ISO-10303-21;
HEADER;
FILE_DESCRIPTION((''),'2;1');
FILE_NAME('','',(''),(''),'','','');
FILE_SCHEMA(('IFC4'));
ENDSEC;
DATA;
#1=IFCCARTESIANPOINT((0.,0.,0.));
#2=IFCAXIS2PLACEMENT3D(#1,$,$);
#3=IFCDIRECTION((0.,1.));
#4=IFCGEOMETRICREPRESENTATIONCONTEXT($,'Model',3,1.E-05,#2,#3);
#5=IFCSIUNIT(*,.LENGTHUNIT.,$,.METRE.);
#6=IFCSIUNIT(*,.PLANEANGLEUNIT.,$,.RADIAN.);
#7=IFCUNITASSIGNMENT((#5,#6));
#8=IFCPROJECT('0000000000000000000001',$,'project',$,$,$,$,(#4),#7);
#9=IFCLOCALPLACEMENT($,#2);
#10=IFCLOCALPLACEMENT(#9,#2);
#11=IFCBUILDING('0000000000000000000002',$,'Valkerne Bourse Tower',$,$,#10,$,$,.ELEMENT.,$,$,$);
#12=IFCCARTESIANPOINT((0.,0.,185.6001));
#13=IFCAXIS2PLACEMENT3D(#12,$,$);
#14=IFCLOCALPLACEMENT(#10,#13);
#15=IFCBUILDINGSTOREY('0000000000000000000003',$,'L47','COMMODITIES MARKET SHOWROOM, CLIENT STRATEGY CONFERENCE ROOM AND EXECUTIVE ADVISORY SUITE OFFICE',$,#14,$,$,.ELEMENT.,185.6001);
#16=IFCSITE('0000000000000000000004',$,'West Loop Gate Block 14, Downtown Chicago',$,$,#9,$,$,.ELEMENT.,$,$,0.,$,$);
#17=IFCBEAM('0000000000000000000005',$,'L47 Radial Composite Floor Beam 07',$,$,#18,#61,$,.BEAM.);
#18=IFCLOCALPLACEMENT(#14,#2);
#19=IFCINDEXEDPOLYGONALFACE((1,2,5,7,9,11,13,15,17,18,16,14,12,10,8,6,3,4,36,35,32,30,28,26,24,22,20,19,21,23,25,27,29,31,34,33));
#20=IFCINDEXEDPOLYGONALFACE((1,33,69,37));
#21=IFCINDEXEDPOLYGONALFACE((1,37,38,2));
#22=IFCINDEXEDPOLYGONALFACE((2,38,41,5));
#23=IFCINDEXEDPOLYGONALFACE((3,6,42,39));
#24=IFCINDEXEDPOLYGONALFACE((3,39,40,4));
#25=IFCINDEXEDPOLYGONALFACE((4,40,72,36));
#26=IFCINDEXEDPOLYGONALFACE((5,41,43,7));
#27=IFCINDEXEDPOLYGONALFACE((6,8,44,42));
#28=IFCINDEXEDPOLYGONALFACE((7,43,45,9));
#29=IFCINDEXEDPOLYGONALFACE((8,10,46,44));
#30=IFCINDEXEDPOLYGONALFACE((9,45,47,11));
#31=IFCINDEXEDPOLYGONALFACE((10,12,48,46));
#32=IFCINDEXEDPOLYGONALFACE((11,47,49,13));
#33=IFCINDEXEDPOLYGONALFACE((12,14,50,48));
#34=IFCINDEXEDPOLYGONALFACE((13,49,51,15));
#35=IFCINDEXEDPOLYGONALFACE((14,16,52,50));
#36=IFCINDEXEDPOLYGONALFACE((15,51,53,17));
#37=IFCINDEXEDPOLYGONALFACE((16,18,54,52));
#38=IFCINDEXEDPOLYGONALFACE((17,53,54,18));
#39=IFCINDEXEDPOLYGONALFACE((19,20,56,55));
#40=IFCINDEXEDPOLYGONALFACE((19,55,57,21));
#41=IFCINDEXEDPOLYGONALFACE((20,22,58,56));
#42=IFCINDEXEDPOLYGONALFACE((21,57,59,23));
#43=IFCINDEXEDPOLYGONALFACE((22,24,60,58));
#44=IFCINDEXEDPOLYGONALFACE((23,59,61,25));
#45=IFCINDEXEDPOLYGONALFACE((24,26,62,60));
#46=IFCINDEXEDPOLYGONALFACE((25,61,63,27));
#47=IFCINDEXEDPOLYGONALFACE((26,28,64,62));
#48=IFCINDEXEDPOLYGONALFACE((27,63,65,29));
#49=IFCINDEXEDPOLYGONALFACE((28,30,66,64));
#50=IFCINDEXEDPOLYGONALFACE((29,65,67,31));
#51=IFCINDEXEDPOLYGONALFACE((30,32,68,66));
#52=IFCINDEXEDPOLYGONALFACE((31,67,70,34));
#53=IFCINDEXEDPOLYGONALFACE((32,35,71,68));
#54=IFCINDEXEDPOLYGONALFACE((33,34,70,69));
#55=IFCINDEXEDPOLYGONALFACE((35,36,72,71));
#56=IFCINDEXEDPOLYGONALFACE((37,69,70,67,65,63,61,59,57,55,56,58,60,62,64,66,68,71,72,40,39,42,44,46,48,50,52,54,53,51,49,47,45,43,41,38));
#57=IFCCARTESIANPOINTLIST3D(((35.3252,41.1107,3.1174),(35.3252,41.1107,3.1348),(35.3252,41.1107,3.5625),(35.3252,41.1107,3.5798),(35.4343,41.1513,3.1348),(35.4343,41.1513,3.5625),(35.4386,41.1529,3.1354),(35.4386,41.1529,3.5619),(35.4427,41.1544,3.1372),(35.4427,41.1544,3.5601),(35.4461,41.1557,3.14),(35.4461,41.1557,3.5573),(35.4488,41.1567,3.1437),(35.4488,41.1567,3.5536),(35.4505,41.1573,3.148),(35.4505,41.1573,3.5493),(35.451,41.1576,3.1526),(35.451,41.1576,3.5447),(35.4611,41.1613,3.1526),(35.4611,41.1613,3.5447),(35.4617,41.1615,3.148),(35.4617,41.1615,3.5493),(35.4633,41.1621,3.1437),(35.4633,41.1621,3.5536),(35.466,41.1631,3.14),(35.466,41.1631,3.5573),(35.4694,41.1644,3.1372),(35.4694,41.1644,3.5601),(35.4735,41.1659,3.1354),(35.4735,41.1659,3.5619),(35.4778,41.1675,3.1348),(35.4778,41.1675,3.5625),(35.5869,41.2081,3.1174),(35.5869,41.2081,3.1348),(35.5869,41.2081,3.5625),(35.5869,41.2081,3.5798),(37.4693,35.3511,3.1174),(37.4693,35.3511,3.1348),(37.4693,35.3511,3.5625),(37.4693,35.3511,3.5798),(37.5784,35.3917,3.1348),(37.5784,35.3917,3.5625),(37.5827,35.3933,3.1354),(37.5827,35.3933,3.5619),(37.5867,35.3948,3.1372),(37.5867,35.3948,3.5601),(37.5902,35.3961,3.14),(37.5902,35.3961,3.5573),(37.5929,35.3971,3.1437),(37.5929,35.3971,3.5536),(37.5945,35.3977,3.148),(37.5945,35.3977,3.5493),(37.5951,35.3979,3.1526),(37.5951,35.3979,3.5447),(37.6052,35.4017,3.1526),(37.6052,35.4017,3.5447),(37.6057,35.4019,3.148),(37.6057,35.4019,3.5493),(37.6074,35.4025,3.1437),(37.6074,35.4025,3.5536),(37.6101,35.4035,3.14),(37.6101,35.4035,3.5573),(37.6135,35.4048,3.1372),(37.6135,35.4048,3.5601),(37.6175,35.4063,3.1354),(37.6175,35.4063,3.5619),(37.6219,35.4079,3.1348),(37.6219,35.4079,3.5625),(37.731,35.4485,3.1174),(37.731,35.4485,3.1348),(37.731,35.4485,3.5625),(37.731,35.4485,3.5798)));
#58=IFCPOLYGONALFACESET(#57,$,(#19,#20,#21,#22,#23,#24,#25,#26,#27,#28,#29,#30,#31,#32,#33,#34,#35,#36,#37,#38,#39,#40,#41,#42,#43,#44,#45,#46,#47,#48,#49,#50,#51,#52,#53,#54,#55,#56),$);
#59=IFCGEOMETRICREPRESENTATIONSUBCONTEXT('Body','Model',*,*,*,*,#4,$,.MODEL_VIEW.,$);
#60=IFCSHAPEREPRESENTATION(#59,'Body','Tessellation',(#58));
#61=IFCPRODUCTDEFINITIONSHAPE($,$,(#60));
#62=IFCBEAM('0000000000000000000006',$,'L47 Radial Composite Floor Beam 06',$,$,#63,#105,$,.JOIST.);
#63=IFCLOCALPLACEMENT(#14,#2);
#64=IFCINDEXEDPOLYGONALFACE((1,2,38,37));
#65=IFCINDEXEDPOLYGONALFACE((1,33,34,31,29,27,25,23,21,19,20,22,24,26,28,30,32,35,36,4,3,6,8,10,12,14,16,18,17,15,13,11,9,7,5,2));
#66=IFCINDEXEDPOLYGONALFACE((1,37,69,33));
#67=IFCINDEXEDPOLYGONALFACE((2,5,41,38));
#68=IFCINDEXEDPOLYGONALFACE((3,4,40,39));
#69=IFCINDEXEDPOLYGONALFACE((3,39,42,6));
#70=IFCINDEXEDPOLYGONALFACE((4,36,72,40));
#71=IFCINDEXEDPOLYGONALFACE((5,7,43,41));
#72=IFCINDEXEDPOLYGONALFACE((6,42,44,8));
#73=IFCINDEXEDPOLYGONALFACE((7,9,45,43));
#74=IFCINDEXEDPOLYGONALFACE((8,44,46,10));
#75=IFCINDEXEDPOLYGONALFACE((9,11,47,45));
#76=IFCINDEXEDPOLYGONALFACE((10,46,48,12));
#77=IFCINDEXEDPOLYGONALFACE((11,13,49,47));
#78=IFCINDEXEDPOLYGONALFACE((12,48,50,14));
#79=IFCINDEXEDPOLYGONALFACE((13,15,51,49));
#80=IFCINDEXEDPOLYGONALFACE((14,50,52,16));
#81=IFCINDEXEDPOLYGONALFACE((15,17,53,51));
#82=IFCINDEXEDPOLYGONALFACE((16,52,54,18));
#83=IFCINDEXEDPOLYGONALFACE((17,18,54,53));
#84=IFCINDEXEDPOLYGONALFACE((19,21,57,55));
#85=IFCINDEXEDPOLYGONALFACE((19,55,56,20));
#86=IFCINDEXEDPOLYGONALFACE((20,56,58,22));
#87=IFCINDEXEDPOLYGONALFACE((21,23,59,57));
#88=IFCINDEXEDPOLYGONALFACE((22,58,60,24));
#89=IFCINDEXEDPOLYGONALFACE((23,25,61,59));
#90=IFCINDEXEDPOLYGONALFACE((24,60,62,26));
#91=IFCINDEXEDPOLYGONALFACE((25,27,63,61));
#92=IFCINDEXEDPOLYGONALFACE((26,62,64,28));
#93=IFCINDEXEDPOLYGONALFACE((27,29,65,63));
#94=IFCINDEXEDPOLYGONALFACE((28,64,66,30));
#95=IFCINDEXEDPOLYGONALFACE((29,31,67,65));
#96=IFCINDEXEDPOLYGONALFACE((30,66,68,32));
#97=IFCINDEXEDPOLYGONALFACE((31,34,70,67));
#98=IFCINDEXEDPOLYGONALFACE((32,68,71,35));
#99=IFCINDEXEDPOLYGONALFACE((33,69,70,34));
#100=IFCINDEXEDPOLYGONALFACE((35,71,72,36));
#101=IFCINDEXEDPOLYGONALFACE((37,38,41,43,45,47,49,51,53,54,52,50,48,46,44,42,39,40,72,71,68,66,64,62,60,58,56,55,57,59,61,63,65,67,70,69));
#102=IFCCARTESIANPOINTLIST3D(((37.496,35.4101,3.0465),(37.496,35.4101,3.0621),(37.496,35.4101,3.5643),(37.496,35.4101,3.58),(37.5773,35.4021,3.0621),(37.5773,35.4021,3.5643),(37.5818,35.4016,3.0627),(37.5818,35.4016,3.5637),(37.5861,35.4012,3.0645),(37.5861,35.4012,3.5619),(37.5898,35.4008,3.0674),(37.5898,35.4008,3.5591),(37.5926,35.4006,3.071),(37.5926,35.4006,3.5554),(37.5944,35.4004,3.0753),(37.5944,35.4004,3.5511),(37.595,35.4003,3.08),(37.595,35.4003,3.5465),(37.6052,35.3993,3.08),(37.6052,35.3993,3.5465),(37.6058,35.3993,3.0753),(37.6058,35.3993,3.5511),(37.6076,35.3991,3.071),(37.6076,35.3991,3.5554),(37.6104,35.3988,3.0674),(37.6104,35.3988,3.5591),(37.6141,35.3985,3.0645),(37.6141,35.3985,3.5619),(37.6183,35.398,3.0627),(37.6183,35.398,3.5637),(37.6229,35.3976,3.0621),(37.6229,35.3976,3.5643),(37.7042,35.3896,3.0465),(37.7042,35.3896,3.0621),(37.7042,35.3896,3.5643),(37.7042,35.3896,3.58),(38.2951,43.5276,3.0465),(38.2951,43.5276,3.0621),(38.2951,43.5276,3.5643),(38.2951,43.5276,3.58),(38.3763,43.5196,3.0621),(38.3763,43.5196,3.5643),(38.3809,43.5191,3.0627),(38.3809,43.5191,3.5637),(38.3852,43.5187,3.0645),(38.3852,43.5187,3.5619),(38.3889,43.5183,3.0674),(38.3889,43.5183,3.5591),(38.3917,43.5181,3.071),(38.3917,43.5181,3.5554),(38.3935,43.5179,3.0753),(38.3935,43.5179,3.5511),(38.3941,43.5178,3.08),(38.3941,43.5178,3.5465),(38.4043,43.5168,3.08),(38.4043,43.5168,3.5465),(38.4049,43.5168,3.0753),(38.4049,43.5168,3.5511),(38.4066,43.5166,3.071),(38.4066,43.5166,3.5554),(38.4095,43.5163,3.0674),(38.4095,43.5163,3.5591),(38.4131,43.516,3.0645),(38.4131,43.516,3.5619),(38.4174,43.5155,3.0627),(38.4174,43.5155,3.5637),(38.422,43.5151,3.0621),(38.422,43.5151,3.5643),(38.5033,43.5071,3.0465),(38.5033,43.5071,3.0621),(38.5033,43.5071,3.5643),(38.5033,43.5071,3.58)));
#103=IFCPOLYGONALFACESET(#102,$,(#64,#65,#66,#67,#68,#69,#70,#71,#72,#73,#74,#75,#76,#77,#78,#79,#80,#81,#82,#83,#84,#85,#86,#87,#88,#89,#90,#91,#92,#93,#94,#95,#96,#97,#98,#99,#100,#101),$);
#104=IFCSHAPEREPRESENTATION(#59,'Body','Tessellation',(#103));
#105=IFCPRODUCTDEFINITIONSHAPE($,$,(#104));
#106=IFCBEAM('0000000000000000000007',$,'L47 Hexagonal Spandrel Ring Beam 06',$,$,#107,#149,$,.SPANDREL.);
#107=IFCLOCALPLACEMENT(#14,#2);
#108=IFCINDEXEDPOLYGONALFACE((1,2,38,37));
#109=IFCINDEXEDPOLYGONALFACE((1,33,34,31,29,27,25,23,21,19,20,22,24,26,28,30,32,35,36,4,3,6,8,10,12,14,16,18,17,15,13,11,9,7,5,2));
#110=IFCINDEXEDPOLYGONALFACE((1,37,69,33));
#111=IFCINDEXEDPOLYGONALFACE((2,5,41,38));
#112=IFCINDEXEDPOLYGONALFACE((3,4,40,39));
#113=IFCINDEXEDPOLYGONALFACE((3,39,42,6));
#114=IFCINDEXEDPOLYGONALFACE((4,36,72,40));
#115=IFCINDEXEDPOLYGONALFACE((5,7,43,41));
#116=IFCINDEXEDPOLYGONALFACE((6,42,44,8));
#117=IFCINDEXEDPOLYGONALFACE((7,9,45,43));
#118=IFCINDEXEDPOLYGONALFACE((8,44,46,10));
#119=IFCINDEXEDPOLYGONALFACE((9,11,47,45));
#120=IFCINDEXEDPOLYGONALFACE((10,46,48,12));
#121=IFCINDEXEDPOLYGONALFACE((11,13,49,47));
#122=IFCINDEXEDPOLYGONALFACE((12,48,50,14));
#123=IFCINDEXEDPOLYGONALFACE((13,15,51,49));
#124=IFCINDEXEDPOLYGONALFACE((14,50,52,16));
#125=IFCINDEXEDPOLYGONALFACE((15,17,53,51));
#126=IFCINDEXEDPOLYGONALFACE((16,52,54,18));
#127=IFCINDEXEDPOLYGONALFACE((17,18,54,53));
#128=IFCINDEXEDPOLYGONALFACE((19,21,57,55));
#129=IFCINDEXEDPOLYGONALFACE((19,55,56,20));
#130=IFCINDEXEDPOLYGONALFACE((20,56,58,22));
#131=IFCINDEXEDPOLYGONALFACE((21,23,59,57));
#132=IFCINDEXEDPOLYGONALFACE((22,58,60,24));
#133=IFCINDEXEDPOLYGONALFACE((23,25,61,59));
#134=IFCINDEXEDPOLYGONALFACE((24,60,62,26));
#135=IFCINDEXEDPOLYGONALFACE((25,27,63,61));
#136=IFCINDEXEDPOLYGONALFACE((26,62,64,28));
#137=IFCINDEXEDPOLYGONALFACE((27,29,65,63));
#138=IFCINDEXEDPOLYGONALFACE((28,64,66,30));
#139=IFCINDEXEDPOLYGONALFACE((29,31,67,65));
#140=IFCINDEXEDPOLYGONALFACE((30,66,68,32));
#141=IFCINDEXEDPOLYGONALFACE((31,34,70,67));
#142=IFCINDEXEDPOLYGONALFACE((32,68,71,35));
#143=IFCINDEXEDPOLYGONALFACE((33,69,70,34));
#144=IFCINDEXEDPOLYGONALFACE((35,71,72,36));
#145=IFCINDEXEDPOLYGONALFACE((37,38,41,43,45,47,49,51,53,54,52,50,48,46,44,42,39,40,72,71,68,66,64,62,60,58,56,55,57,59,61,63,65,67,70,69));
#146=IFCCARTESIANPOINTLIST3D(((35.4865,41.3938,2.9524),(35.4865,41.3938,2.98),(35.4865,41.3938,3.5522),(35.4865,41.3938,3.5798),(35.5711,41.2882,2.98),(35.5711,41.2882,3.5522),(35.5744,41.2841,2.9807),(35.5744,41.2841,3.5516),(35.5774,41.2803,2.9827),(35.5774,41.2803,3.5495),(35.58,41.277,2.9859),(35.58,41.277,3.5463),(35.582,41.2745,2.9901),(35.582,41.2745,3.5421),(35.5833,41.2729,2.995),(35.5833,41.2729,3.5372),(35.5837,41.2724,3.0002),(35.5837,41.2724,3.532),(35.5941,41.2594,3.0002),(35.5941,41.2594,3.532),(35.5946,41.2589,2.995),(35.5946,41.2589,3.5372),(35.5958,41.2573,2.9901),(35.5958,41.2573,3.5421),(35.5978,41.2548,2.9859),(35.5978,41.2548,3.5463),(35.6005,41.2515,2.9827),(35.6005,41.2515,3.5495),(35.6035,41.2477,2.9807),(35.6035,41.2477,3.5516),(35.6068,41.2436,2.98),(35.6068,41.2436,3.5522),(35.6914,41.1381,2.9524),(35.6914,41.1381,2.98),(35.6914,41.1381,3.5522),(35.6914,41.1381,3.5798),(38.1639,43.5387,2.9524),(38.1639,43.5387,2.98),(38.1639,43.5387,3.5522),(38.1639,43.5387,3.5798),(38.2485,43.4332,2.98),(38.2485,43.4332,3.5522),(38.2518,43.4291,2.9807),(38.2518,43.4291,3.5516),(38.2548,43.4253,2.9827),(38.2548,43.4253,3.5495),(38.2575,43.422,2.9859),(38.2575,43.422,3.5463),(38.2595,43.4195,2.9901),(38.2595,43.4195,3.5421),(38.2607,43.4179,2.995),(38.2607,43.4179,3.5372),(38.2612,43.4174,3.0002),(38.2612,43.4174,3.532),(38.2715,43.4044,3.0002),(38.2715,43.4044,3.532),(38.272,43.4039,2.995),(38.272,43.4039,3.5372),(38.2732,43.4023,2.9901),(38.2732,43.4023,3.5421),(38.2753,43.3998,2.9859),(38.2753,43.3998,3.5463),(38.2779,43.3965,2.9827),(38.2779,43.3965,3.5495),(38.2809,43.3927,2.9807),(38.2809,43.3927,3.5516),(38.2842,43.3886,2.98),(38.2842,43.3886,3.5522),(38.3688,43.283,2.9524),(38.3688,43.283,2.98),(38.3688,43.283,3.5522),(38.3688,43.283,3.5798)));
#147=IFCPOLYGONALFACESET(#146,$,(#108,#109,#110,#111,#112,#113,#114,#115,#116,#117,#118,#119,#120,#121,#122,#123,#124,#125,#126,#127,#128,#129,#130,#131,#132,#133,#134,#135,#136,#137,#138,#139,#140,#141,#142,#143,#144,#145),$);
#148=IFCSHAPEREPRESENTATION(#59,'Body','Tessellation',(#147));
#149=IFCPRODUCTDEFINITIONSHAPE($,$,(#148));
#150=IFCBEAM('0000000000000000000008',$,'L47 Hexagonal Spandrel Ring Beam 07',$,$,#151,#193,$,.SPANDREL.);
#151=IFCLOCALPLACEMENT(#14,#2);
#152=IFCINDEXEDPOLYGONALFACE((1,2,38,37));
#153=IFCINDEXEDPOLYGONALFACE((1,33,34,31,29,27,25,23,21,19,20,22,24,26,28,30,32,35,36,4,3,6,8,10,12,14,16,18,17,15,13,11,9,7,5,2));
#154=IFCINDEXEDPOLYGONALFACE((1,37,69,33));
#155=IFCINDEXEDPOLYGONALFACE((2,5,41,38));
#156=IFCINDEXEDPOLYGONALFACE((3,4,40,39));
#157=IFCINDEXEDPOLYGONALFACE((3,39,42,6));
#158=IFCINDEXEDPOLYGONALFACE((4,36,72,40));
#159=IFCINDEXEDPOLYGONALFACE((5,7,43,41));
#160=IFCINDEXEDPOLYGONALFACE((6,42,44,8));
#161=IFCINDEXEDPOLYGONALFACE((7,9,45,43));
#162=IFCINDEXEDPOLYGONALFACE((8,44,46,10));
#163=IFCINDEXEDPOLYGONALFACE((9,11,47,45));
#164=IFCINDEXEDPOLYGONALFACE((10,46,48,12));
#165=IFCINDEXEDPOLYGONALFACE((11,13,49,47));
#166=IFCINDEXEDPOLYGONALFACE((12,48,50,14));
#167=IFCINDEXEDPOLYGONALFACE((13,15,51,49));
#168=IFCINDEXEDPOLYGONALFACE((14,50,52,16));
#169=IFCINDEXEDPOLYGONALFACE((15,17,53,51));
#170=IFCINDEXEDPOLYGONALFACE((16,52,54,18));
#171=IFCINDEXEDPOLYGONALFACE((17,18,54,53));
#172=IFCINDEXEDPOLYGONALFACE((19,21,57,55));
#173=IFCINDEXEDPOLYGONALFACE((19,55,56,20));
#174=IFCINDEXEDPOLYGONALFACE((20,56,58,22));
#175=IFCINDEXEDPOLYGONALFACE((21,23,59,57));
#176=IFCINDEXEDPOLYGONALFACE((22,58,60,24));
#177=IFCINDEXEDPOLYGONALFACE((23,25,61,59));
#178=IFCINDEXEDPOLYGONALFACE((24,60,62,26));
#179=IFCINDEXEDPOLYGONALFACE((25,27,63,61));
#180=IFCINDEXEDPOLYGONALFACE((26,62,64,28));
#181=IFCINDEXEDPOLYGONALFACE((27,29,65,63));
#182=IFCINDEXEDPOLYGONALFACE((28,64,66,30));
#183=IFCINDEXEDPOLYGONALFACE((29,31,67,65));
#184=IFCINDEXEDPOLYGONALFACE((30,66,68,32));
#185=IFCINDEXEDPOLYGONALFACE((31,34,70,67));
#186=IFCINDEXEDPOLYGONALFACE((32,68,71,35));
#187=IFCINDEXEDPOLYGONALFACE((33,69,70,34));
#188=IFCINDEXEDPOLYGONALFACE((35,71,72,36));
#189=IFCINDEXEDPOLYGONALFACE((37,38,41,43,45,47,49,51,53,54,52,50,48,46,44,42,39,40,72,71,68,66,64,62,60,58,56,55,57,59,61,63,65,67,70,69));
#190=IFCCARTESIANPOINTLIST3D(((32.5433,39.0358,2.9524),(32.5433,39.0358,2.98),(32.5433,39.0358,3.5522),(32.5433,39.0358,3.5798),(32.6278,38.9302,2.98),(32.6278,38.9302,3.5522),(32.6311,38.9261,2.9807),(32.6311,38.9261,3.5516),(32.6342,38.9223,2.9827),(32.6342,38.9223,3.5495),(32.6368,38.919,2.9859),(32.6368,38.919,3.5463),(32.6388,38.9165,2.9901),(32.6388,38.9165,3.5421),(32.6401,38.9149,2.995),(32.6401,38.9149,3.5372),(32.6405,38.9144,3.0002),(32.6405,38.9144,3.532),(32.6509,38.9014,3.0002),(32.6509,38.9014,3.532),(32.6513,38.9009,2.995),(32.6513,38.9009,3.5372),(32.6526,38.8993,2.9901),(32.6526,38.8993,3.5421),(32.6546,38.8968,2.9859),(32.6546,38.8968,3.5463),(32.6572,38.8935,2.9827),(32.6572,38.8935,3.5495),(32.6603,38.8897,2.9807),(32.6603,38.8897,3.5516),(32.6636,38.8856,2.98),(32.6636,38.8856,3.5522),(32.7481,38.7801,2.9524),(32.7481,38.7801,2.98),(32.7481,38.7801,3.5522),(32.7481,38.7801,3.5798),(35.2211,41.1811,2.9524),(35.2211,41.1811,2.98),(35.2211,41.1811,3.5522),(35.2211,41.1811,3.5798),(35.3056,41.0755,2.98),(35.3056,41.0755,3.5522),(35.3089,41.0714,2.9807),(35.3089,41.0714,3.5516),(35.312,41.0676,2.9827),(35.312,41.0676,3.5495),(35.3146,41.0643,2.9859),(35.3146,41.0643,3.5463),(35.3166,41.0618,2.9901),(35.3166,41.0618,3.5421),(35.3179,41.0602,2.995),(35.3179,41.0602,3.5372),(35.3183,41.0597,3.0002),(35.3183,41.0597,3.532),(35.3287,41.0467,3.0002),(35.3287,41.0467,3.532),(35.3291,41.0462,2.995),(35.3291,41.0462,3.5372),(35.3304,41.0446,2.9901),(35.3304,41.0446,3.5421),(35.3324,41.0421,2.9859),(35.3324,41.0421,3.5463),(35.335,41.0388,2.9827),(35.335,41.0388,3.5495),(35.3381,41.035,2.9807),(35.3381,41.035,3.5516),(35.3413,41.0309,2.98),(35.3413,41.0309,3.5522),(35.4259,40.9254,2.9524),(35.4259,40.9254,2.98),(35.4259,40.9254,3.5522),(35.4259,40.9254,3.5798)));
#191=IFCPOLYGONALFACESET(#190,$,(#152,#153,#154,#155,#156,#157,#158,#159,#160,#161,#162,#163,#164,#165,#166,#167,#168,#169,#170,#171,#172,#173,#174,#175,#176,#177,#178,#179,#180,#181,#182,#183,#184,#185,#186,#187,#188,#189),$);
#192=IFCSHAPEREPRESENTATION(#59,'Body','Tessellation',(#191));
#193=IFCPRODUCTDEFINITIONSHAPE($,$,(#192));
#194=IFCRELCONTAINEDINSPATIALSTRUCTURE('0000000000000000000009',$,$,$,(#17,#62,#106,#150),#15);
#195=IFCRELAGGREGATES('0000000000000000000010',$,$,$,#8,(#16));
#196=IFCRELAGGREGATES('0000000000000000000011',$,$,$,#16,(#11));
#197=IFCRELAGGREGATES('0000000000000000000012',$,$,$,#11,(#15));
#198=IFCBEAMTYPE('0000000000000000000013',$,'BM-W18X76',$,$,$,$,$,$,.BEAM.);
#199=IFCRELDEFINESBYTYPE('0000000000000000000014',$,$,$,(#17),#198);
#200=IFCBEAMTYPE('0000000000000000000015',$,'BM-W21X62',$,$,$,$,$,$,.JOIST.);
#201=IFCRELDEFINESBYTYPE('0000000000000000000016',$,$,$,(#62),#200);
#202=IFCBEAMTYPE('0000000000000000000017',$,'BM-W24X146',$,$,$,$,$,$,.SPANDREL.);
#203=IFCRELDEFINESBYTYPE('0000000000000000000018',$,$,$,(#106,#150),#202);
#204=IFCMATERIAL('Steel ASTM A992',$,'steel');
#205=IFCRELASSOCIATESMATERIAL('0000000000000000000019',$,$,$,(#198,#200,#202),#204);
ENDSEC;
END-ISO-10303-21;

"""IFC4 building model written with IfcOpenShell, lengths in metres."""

from ifc_helpers import new_model, si_unit, direction, frame, origin, origin_2d, place, context, subcontext, project, spatial, i_section, extrude, material, material_profile, profile_set, type_object, element, save


model = new_model("IFC4")

# Units and contexts
model_context = context("Model", 3, precision=1e-05, world=origin(), true_north=direction((0.0, 1.0)))
body_context = subcontext(model_context, "Body", "Model", "MODEL_VIEW")
ifc_project = project(units=[si_unit("LENGTHUNIT", "METRE"), si_unit("PLANEANGLEUNIT", "RADIAN")], contexts=[model_context])

# Site, building, storey
site_placement = place(None, origin())
site = spatial("IfcSite", under=ifc_project, at=site_placement, Name="West Loop Gate Block 14, Downtown Chicago", CompositionType="ELEMENT", RefElevation=0.0)
building_placement = place(site_placement, origin())
building = spatial("IfcBuilding", under=site, at=building_placement, Name="Valkerne Bourse Tower", CompositionType="ELEMENT")
storey_placement = place(building_placement, frame((0.0, 0.0, 185.6001)))
storey = spatial("IfcBuildingStorey", under=building, at=storey_placement, Name="L47", Description="COMMODITIES MARKET SHOWROOM, CLIENT STRATEGY CONFERENCE ROOM AND EXECUTIVE ADVISORY SUITE OFFICE", CompositionType="ELEMENT", Elevation=185.6001)

# Beams
ifc_material_1 = material(Name="Steel ASTM A992", Category="steel")
ifc_material_profile_1 = material_profile(ifc_material_1, i_section(OverallWidth=0.2793, OverallDepth=0.4624, WebThickness=0.0107, FlangeThickness=0.0173, FilletRadius=0.0178, at=origin_2d()), Name="W18X76")
ifc_profile_set_1 = profile_set([ifc_material_profile_1], Name="Steel ASTM A992")
beam_type_1 = type_object("IfcBeamType", Name="BM-W18X76", PredefinedType="BEAM", material=ifc_profile_set_1)
beam_1_placement = place(storey_placement, frame((35.4561, 41.1594, 3.3486), z_axis=(0.348872, -0.937171, 0.0), x_axis=(0.937171, 0.348872, 0.0)))
element("IfcBeam", 1, at=beam_1_placement, inside=storey, type_object=beam_type_1, Name="L47 Radial Composite Floor Beam 07", PredefinedType="BEAM", context=body_context, shape_type="SweptSolid", body=[
    extrude(i_section(OverallWidth=0.2793, OverallDepth=0.4624, WebThickness=0.0107, FlangeThickness=0.0173, FilletRadius=0.0178, at=origin_2d()), origin(), (0.0, 0.0, 1.0), 6.1458),
])
ifc_material_profile_2 = material_profile(ifc_material_1, i_section(OverallWidth=0.2092, OverallDepth=0.5334, WebThickness=0.0103, FlangeThickness=0.0156, FilletRadius=0.0178, at=origin_2d()), Name="W21X62")
ifc_profile_set_2 = profile_set([ifc_material_profile_2], Name="Steel ASTM A992")
beam_type_2 = type_object("IfcBeamType", Name="BM-W21X62", PredefinedType="JOIST", material=ifc_profile_set_2)
beam_2_placement = place(storey_placement, frame((38.3992, 43.5173, 3.3132), z_axis=(-0.097966, -0.99519, 0.0), x_axis=(0.99519, -0.097966, 0.0)))
element("IfcBeam", 2, at=beam_2_placement, inside=storey, type_object=beam_type_2, Name="L47 Radial Composite Floor Beam 06", PredefinedType="JOIST", context=body_context, shape_type="SweptSolid", body=[
    extrude(i_section(OverallWidth=0.2092, OverallDepth=0.5334, WebThickness=0.0103, FlangeThickness=0.0156, FilletRadius=0.0178, at=origin_2d()), origin(), (0.0, 0.0, 1.0), 8.1567),
])
ifc_material_profile_3 = material_profile(ifc_material_1, i_section(OverallWidth=0.3276, OverallDepth=0.6274, WebThickness=0.0166, FlangeThickness=0.0276, FilletRadius=0.0203, at=origin_2d()), Name="W24X146")
ifc_profile_set_3 = profile_set([ifc_material_profile_3], Name="Steel ASTM A992")
beam_type_3 = type_object("IfcBeamType", Name="BM-W24X146", PredefinedType="SPANDREL", material=ifc_profile_set_3)
beam_3_placement = place(storey_placement, frame((38.2664, 43.4109, 3.2661), z_axis=(-0.780438, -0.625233, 0.0), x_axis=(0.625233, -0.780438, 0.0)))
element("IfcBeam", 3, at=beam_3_placement, inside=storey, type_object=beam_type_3, Name="L47 Hexagonal Spandrel Ring Beam 06", PredefinedType="SPANDREL", context=body_context, shape_type="SweptSolid", body=[
    extrude(i_section(OverallWidth=0.3276, OverallDepth=0.6274, WebThickness=0.0166, FlangeThickness=0.0276, FilletRadius=0.0203, at=origin_2d()), origin(), (0.0, 0.0, 1.0), 3.4307),
])
beam_4_placement = place(storey_placement, frame((35.3235, 41.0532, 3.2661), z_axis=(-0.780431, -0.625242, 0.0), x_axis=(0.625242, -0.780431, 0.0)))
element("IfcBeam", 4, at=beam_4_placement, inside=storey, type_object=beam_type_3, Name="L47 Hexagonal Spandrel Ring Beam 07", PredefinedType="SPANDREL", context=body_context, shape_type="SweptSolid", body=[
    extrude(i_section(OverallWidth=0.3276, OverallDepth=0.6274, WebThickness=0.0166, FlangeThickness=0.0276, FilletRadius=0.0203, at=origin_2d()), origin(), (0.0, 0.0, 1.0), 3.4312),
])

save(model, "model.ifc")
